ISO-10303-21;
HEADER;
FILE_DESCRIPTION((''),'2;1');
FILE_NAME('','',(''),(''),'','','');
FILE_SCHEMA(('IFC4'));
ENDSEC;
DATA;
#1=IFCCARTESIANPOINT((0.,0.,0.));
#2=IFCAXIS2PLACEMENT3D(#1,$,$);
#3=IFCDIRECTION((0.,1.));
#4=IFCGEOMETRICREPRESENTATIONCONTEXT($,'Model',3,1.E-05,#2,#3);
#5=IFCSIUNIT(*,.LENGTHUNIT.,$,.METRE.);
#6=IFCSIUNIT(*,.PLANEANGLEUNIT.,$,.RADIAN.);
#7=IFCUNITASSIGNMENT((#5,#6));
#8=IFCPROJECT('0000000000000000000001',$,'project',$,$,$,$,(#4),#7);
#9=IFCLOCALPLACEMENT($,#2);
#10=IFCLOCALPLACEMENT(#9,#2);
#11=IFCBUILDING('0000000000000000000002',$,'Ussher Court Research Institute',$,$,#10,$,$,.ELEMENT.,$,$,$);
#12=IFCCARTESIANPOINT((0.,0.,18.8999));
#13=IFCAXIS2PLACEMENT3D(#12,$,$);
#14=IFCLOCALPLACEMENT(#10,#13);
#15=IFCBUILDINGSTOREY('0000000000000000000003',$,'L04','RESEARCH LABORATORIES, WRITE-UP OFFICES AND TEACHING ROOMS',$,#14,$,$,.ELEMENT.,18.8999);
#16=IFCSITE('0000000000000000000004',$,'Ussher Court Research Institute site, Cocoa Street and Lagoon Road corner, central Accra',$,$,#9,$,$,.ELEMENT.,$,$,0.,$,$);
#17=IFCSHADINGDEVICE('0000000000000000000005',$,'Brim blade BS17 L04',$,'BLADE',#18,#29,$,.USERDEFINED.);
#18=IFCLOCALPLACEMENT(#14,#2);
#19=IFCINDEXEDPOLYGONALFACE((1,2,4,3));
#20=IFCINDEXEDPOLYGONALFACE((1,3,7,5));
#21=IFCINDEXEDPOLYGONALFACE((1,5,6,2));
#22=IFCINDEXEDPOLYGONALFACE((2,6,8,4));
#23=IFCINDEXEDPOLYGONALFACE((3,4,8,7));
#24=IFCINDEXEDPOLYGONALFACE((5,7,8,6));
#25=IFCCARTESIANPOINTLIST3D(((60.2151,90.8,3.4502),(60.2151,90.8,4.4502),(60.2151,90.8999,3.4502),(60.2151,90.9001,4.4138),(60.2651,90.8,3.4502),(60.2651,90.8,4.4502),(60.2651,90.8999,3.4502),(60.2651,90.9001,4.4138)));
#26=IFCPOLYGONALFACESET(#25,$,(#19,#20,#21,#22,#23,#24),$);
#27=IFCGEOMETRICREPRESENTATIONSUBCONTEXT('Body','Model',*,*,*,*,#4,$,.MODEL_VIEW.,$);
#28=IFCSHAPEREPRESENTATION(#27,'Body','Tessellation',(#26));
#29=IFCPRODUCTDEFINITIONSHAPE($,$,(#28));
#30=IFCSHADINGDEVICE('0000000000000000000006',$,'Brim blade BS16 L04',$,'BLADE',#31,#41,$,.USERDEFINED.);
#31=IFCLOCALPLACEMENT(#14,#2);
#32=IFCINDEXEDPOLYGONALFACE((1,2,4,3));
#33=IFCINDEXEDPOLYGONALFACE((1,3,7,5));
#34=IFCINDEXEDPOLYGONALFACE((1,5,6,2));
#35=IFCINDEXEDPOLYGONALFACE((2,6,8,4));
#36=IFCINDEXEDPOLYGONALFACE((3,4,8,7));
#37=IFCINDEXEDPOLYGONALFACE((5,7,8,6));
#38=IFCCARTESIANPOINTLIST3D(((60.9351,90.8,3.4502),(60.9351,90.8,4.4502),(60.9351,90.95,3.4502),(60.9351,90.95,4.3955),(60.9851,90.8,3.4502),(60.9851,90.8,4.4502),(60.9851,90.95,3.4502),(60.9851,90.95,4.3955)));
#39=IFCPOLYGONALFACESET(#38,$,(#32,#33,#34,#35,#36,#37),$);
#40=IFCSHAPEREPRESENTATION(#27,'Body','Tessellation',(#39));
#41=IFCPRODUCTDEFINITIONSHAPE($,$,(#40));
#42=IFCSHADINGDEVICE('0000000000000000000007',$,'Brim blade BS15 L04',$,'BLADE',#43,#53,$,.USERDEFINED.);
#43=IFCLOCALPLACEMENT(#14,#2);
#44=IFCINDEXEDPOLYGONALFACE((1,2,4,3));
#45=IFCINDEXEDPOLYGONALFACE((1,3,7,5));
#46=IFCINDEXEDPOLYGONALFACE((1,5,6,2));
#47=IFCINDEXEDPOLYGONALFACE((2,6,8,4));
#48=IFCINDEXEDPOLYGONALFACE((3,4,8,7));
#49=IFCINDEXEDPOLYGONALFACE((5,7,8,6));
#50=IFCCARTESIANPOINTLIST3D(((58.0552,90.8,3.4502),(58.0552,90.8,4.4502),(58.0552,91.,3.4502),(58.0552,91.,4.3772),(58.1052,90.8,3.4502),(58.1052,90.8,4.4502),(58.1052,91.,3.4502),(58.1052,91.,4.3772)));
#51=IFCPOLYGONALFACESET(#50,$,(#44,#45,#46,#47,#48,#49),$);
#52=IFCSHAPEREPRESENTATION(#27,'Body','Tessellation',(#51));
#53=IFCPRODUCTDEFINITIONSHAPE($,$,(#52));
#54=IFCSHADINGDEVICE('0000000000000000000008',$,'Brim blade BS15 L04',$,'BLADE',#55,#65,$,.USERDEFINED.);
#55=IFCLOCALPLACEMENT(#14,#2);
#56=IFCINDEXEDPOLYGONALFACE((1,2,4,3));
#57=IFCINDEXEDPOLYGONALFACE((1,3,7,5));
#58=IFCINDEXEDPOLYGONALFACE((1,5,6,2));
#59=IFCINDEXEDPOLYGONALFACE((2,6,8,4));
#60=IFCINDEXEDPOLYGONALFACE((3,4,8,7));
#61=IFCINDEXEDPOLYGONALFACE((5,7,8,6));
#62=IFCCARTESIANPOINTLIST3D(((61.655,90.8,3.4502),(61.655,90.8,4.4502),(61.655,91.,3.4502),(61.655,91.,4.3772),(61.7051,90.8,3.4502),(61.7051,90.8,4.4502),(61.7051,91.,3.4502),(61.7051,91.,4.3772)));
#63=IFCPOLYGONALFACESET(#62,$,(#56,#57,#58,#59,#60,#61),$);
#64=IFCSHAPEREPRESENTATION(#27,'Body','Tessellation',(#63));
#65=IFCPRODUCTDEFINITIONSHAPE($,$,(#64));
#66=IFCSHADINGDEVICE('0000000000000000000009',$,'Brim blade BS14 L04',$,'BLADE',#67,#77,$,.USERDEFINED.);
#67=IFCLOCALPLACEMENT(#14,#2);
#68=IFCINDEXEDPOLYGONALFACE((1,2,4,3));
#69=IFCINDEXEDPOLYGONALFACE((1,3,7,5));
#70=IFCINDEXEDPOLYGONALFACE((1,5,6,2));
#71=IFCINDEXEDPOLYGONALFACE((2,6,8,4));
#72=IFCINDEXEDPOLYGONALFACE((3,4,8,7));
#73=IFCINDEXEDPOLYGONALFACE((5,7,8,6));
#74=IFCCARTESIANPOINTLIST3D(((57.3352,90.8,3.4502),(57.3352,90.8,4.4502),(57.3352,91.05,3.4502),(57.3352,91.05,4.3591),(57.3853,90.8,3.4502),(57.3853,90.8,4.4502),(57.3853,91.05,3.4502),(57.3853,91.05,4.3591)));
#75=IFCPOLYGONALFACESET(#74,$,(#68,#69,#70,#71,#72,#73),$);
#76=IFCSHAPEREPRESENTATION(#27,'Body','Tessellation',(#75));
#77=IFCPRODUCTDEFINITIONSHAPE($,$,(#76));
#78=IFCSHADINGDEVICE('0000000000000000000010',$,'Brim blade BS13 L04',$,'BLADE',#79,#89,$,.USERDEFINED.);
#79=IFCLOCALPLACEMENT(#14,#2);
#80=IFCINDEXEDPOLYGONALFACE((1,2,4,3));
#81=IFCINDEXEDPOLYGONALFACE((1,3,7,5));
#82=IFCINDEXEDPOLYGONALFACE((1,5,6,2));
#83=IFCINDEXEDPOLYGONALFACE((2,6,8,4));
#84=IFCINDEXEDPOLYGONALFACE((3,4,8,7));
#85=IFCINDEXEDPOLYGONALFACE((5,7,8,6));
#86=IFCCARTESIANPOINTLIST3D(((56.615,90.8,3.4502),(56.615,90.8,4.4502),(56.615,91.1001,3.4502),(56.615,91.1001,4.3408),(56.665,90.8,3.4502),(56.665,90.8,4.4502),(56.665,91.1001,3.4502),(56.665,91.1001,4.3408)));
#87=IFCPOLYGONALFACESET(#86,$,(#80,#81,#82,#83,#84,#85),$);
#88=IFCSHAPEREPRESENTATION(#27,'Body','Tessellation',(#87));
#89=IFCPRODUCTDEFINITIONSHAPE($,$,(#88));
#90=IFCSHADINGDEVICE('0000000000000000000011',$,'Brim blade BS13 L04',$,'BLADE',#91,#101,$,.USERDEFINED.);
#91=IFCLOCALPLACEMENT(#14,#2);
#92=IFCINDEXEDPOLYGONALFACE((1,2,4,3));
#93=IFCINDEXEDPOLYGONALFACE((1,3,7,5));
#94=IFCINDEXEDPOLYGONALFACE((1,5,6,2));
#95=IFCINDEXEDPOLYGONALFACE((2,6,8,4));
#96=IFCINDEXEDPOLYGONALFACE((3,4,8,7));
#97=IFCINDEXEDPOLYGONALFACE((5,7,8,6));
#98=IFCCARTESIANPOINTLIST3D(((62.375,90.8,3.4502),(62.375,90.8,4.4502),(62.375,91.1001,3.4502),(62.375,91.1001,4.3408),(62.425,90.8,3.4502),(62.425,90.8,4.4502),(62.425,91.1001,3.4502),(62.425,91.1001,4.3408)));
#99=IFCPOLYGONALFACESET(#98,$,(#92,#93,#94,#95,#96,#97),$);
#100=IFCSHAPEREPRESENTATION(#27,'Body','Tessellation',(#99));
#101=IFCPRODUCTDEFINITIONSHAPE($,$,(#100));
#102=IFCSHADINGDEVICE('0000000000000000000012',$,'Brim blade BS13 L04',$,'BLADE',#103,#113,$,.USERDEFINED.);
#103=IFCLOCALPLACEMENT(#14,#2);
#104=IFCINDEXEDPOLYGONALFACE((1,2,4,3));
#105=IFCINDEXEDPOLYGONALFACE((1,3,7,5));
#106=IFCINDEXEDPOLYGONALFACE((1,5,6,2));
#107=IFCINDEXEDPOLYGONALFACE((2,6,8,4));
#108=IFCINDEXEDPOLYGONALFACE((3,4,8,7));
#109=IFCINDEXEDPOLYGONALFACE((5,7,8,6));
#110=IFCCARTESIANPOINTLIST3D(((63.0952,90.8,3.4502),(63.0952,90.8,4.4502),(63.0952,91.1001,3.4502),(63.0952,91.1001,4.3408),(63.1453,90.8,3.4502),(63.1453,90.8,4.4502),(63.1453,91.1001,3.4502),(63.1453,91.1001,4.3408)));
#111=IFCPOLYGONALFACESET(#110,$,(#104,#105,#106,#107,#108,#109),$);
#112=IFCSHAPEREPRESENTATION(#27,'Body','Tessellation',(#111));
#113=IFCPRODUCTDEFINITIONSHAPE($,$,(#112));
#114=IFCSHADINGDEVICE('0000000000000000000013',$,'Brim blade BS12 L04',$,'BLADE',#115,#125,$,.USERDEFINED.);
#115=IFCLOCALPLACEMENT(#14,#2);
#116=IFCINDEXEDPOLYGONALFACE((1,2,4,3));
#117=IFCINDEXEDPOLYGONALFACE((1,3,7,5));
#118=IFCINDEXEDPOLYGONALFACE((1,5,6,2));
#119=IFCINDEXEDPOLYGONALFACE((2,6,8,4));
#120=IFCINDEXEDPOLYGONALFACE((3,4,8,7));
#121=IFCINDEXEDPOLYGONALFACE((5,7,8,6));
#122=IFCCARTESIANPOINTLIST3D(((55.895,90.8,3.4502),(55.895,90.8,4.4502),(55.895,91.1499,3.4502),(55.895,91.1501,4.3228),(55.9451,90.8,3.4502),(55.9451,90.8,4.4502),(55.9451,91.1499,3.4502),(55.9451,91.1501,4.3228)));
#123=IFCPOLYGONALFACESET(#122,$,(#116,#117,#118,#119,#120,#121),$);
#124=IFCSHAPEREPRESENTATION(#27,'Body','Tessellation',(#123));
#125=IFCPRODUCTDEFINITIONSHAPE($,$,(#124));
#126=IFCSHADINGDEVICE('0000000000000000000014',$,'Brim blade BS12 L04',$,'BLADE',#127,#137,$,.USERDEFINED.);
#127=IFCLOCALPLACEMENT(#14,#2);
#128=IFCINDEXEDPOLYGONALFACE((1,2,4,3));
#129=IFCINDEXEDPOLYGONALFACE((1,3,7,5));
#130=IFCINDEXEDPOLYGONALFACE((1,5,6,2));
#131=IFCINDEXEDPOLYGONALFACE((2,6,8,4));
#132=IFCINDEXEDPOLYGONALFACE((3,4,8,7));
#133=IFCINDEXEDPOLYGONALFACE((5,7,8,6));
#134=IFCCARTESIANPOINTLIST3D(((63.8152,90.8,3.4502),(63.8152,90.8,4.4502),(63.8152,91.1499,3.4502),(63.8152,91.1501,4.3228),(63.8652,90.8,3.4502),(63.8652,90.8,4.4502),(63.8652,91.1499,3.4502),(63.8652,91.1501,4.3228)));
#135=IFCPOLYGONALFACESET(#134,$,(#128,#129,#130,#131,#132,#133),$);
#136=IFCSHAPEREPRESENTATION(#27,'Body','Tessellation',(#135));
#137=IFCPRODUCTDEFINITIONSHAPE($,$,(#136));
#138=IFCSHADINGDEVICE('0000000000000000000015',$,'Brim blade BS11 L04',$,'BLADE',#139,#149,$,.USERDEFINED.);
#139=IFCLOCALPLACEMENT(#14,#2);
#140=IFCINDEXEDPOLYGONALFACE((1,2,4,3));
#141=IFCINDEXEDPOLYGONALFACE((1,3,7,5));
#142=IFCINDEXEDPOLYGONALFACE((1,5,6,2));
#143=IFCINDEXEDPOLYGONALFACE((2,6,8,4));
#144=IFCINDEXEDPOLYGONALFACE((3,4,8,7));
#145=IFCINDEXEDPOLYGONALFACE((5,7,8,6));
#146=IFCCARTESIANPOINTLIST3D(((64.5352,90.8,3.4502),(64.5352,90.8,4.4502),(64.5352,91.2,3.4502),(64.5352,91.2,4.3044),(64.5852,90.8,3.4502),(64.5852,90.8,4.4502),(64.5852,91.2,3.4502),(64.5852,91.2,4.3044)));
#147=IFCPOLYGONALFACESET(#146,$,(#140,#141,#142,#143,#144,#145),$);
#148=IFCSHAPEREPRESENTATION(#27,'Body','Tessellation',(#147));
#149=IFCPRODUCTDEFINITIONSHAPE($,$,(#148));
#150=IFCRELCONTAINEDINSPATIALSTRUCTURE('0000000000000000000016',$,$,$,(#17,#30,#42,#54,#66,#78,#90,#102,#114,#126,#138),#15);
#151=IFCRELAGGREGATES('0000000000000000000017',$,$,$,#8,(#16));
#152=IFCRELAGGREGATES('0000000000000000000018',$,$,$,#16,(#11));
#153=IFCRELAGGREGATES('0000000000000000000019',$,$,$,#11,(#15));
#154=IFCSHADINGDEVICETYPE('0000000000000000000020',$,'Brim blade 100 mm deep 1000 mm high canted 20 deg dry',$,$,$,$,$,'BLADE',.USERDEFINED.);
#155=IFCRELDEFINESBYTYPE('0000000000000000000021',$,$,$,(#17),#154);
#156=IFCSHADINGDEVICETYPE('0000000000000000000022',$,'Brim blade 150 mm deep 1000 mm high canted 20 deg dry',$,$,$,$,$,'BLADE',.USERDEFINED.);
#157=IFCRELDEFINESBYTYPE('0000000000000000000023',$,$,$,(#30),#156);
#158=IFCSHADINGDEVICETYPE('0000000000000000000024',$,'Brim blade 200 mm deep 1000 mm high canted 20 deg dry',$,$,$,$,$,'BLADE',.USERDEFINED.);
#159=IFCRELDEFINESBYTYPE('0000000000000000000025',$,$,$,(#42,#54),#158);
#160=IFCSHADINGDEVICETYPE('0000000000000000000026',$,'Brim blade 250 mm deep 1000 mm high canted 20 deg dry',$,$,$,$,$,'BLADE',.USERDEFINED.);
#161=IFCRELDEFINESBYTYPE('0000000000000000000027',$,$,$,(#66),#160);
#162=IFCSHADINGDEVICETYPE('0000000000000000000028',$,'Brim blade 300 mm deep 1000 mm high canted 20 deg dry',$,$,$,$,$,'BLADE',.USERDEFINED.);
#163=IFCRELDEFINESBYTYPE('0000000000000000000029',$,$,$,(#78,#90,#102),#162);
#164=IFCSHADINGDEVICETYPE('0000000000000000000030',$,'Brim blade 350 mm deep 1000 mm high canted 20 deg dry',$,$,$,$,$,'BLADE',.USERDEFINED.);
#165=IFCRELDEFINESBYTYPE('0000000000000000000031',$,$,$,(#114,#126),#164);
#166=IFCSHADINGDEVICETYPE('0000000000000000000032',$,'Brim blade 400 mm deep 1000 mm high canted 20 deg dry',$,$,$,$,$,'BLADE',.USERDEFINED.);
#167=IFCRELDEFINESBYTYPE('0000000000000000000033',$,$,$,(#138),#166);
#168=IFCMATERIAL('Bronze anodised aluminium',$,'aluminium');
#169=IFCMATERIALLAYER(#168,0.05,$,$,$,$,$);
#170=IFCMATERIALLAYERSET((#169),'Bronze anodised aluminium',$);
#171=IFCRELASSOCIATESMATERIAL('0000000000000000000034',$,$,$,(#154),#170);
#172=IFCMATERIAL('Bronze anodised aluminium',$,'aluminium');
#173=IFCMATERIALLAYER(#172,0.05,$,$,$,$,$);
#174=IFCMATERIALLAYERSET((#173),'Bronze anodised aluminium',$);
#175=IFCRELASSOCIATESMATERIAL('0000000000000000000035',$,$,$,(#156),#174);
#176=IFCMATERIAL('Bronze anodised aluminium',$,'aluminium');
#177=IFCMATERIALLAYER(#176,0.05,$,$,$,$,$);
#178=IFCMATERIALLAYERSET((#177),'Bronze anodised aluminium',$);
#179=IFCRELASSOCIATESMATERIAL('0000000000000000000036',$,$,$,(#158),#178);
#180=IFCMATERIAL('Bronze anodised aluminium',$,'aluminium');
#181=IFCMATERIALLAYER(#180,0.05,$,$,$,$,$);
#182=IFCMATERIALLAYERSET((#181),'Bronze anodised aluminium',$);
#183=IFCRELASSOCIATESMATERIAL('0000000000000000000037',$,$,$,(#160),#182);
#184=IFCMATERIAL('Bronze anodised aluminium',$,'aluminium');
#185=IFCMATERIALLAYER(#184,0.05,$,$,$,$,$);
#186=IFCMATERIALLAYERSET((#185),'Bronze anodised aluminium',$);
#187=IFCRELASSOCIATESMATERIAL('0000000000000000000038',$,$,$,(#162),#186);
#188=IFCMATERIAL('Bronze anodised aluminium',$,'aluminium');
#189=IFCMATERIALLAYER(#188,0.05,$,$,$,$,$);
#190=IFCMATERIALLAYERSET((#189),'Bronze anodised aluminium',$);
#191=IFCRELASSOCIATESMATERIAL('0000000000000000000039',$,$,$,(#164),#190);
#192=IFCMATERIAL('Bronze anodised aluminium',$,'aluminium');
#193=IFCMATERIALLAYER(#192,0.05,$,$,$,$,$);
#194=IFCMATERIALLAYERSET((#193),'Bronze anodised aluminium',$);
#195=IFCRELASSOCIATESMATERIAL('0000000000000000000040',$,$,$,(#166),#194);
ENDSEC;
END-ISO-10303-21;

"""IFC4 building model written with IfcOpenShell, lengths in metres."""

from ifc_helpers import new_model, si_unit, direction, frame, origin, place, context, subcontext, project, spatial, polyline, outline, extrude, material, layer, layer_set, type_object, element, save


model = new_model("IFC4")

# Units and contexts
model_context = context("Model", 3, precision=1e-05, world=origin(), true_north=direction((0.0, 1.0)))
body_context = subcontext(model_context, "Body", "Model", "MODEL_VIEW")
ifc_project = project(units=[si_unit("LENGTHUNIT", "METRE"), si_unit("PLANEANGLEUNIT", "RADIAN")], contexts=[model_context])

# Site, building, storey
site_placement = place(None, origin())
site = spatial("IfcSite", under=ifc_project, at=site_placement, Name="Ussher Court Research Institute site, Cocoa Street and Lagoon Road corner, central Accra", CompositionType="ELEMENT", RefElevation=0.0)
building_placement = place(site_placement, origin())
building = spatial("IfcBuilding", under=site, at=building_placement, Name="Ussher Court Research Institute", CompositionType="ELEMENT")
storey_placement = place(building_placement, frame((0.0, 0.0, 18.8999)))
storey = spatial("IfcBuildingStorey", under=building, at=storey_placement, Name="L04", Description="RESEARCH LABORATORIES, WRITE-UP OFFICES AND TEACHING ROOMS", CompositionType="ELEMENT", Elevation=18.8999)

# Shading devices
ifc_material_1 = material(Name="Bronze anodised aluminium", Category="aluminium")
ifc_layer_1 = layer(ifc_material_1, 0.05)
ifc_layer_set_1 = layer_set([ifc_layer_1], Name="Bronze anodised aluminium")
shading_device_type_1 = type_object("IfcShadingDeviceType", Name="Brim blade 100 mm deep 1000 mm high canted 20 deg dry", ElementType="BLADE", PredefinedType="USERDEFINED", material=ifc_layer_set_1)
for number, where, z_axis, x_axis, name in (
    (1, (60.24, 90.8, 3.4502), (0.0, 0.0, 1.0), (0.0, 1.0, 0.0), "Brim blade BS17 L04"),
):
    element("IfcShadingDevice", number, at=place(storey_placement, frame(where, z_axis=z_axis, x_axis=x_axis)), inside=storey, type_object=shading_device_type_1, Name=name, ObjectType="BLADE", PredefinedType="USERDEFINED", context=body_context, shape_type="SweptSolid", body=[
        extrude(outline(polyline([(0.0, 0.0), (0.0999, 0.0), (0.1001, 0.9636), (0.0, 1.0), (0.0, 0.0)])), frame((0.0, 0.0249, 0.0), z_axis=(0.0, -1.0, 0.0), x_axis=(1.0, 0.0, 0.0)), (0.0, 0.0, 1.0), 0.05),
    ])
ifc_material_2 = material(Name="Bronze anodised aluminium", Category="aluminium")
ifc_layer_2 = layer(ifc_material_2, 0.05)
ifc_layer_set_2 = layer_set([ifc_layer_2], Name="Bronze anodised aluminium")
shading_device_type_2 = type_object("IfcShadingDeviceType", Name="Brim blade 150 mm deep 1000 mm high canted 20 deg dry", ElementType="BLADE", PredefinedType="USERDEFINED", material=ifc_layer_set_2)
shading_device_1_placement = place(storey_placement, frame((60.96, 90.8, 3.4502), z_axis=(0.0, 0.0, 1.0), x_axis=(0.0, 1.0, 0.0)))
element("IfcShadingDevice", 2, at=shading_device_1_placement, inside=storey, type_object=shading_device_type_2, Name="Brim blade BS16 L04", ObjectType="BLADE", PredefinedType="USERDEFINED", context=body_context, shape_type="SweptSolid", body=[
    extrude(outline(polyline([(0.0, 0.0), (0.1499, 0.0), (0.1499, 0.9453), (0.0, 1.0), (0.0, 0.0)])), frame((0.0, 0.0249, 0.0), z_axis=(0.0, -1.0, 0.0), x_axis=(1.0, 0.0, 0.0)), (0.0, 0.0, 1.0), 0.05),
])
ifc_material_3 = material(Name="Bronze anodised aluminium", Category="aluminium")
ifc_layer_3 = layer(ifc_material_3, 0.05)
ifc_layer_set_3 = layer_set([ifc_layer_3], Name="Bronze anodised aluminium")
shading_device_type_3 = type_object("IfcShadingDeviceType", Name="Brim blade 200 mm deep 1000 mm high canted 20 deg dry", ElementType="BLADE", PredefinedType="USERDEFINED", material=ifc_layer_set_3)
for number, where, z_axis, x_axis, name in (
    (3, (58.0801, 90.8, 3.4502), (0.0, 0.0, 1.0), (0.0, 1.0, 0.0), "Brim blade BS15 L04"),
    (4, (61.6799, 90.8, 3.4502), (0.0, 0.0, 1.0), (0.0, 1.0, 0.0), "Brim blade BS15 L04"),
):
    element("IfcShadingDevice", number, at=place(storey_placement, frame(where, z_axis=z_axis, x_axis=x_axis)), inside=storey, type_object=shading_device_type_3, Name=name, ObjectType="BLADE", PredefinedType="USERDEFINED", context=body_context, shape_type="SweptSolid", body=[
        extrude(outline(polyline([(0.0, 0.0), (0.2, 0.0), (0.2, 0.927), (0.0, 1.0), (0.0, 0.0)])), frame((0.0, 0.0249, 0.0), z_axis=(0.0, -1.0, 0.0), x_axis=(1.0, 0.0, 0.0)), (0.0, 0.0, 1.0), 0.05),
    ])
ifc_material_4 = material(Name="Bronze anodised aluminium", Category="aluminium")
ifc_layer_4 = layer(ifc_material_4, 0.05)
ifc_layer_set_4 = layer_set([ifc_layer_4], Name="Bronze anodised aluminium")
shading_device_type_4 = type_object("IfcShadingDeviceType", Name="Brim blade 250 mm deep 1000 mm high canted 20 deg dry", ElementType="BLADE", PredefinedType="USERDEFINED", material=ifc_layer_set_4)
shading_device_2_placement = place(storey_placement, frame((57.3601, 90.8, 3.4502), z_axis=(0.0, 0.0, 1.0), x_axis=(0.0, 1.0, 0.0)))
element("IfcShadingDevice", 5, at=shading_device_2_placement, inside=storey, type_object=shading_device_type_4, Name="Brim blade BS14 L04", ObjectType="BLADE", PredefinedType="USERDEFINED", context=body_context, shape_type="SweptSolid", body=[
    extrude(outline(polyline([(0.0, 0.0), (0.25, 0.0), (0.25, 0.9089), (0.0, 1.0), (0.0, 0.0)])), frame((0.0, 0.0249, 0.0), z_axis=(0.0, -1.0, 0.0), x_axis=(1.0, 0.0, 0.0)), (0.0, 0.0, 1.0), 0.05),
])
ifc_material_5 = material(Name="Bronze anodised aluminium", Category="aluminium")
ifc_layer_5 = layer(ifc_material_5, 0.05)
ifc_layer_set_5 = layer_set([ifc_layer_5], Name="Bronze anodised aluminium")
shading_device_type_5 = type_object("IfcShadingDeviceType", Name="Brim blade 300 mm deep 1000 mm high canted 20 deg dry", ElementType="BLADE", PredefinedType="USERDEFINED", material=ifc_layer_set_5)
for number, where, z_axis, x_axis, name in (
    (6, (56.6399, 90.8, 3.4502), (0.0, 0.0, 1.0), (0.0, 1.0, 0.0), "Brim blade BS13 L04"),
    (7, (62.3999, 90.8, 3.4502), (0.0, 0.0, 1.0), (0.0, 1.0, 0.0), "Brim blade BS13 L04"),
    (8, (63.1201, 90.8, 3.4502), (0.0, 0.0, 1.0), (0.0, 1.0, 0.0), "Brim blade BS13 L04"),
):
    element("IfcShadingDevice", number, at=place(storey_placement, frame(where, z_axis=z_axis, x_axis=x_axis)), inside=storey, type_object=shading_device_type_5, Name=name, ObjectType="BLADE", PredefinedType="USERDEFINED", context=body_context, shape_type="SweptSolid", body=[
        extrude(outline(polyline([(0.0, 0.0), (0.3, 0.0), (0.3, 0.8906), (0.0, 1.0), (0.0, 0.0)])), frame((0.0, 0.0249, 0.0), z_axis=(0.0, -1.0, 0.0), x_axis=(1.0, 0.0, 0.0)), (0.0, 0.0, 1.0), 0.05),
    ])
ifc_material_6 = material(Name="Bronze anodised aluminium", Category="aluminium")
ifc_layer_6 = layer(ifc_material_6, 0.05)
ifc_layer_set_6 = layer_set([ifc_layer_6], Name="Bronze anodised aluminium")
shading_device_type_6 = type_object("IfcShadingDeviceType", Name="Brim blade 350 mm deep 1000 mm high canted 20 deg dry", ElementType="BLADE", PredefinedType="USERDEFINED", material=ifc_layer_set_6)
for number, where, z_axis, x_axis, name in (
    (9, (55.9199, 90.8, 3.4502), (0.0, 0.0, 1.0), (0.0, 1.0, 0.0), "Brim blade BS12 L04"),
    (10, (63.8401, 90.8, 3.4502), (0.0, 0.0, 1.0), (0.0, 1.0, 0.0), "Brim blade BS12 L04"),
):
    element("IfcShadingDevice", number, at=place(storey_placement, frame(where, z_axis=z_axis, x_axis=x_axis)), inside=storey, type_object=shading_device_type_6, Name=name, ObjectType="BLADE", PredefinedType="USERDEFINED", context=body_context, shape_type="SweptSolid", body=[
        extrude(outline(polyline([(0.0, 0.0), (0.3499, 0.0), (0.3501, 0.8726), (0.0, 1.0), (0.0, 0.0)])), frame((0.0, 0.0249, 0.0), z_axis=(0.0, -1.0, 0.0), x_axis=(1.0, 0.0, 0.0)), (0.0, 0.0, 1.0), 0.05),
    ])
ifc_material_7 = material(Name="Bronze anodised aluminium", Category="aluminium")
ifc_layer_7 = layer(ifc_material_7, 0.05)
ifc_layer_set_7 = layer_set([ifc_layer_7], Name="Bronze anodised aluminium")
shading_device_type_7 = type_object("IfcShadingDeviceType", Name="Brim blade 400 mm deep 1000 mm high canted 20 deg dry", ElementType="BLADE", PredefinedType="USERDEFINED", material=ifc_layer_set_7)
shading_device_3_placement = place(storey_placement, frame((64.5601, 90.8, 3.4502), z_axis=(0.0, 0.0, 1.0), x_axis=(0.0, 1.0, 0.0)))
element("IfcShadingDevice", 11, at=shading_device_3_placement, inside=storey, type_object=shading_device_type_7, Name="Brim blade BS11 L04", ObjectType="BLADE", PredefinedType="USERDEFINED", context=body_context, shape_type="SweptSolid", body=[
    extrude(outline(polyline([(0.0, 0.0), (0.3999, 0.0), (0.3999, 0.8542), (0.0, 1.0), (0.0, 0.0)])), frame((0.0, 0.0249, 0.0), z_axis=(0.0, -1.0, 0.0), x_axis=(1.0, 0.0, 0.0)), (0.0, 0.0, 1.0), 0.05),
])

save(model, "model.ifc")
